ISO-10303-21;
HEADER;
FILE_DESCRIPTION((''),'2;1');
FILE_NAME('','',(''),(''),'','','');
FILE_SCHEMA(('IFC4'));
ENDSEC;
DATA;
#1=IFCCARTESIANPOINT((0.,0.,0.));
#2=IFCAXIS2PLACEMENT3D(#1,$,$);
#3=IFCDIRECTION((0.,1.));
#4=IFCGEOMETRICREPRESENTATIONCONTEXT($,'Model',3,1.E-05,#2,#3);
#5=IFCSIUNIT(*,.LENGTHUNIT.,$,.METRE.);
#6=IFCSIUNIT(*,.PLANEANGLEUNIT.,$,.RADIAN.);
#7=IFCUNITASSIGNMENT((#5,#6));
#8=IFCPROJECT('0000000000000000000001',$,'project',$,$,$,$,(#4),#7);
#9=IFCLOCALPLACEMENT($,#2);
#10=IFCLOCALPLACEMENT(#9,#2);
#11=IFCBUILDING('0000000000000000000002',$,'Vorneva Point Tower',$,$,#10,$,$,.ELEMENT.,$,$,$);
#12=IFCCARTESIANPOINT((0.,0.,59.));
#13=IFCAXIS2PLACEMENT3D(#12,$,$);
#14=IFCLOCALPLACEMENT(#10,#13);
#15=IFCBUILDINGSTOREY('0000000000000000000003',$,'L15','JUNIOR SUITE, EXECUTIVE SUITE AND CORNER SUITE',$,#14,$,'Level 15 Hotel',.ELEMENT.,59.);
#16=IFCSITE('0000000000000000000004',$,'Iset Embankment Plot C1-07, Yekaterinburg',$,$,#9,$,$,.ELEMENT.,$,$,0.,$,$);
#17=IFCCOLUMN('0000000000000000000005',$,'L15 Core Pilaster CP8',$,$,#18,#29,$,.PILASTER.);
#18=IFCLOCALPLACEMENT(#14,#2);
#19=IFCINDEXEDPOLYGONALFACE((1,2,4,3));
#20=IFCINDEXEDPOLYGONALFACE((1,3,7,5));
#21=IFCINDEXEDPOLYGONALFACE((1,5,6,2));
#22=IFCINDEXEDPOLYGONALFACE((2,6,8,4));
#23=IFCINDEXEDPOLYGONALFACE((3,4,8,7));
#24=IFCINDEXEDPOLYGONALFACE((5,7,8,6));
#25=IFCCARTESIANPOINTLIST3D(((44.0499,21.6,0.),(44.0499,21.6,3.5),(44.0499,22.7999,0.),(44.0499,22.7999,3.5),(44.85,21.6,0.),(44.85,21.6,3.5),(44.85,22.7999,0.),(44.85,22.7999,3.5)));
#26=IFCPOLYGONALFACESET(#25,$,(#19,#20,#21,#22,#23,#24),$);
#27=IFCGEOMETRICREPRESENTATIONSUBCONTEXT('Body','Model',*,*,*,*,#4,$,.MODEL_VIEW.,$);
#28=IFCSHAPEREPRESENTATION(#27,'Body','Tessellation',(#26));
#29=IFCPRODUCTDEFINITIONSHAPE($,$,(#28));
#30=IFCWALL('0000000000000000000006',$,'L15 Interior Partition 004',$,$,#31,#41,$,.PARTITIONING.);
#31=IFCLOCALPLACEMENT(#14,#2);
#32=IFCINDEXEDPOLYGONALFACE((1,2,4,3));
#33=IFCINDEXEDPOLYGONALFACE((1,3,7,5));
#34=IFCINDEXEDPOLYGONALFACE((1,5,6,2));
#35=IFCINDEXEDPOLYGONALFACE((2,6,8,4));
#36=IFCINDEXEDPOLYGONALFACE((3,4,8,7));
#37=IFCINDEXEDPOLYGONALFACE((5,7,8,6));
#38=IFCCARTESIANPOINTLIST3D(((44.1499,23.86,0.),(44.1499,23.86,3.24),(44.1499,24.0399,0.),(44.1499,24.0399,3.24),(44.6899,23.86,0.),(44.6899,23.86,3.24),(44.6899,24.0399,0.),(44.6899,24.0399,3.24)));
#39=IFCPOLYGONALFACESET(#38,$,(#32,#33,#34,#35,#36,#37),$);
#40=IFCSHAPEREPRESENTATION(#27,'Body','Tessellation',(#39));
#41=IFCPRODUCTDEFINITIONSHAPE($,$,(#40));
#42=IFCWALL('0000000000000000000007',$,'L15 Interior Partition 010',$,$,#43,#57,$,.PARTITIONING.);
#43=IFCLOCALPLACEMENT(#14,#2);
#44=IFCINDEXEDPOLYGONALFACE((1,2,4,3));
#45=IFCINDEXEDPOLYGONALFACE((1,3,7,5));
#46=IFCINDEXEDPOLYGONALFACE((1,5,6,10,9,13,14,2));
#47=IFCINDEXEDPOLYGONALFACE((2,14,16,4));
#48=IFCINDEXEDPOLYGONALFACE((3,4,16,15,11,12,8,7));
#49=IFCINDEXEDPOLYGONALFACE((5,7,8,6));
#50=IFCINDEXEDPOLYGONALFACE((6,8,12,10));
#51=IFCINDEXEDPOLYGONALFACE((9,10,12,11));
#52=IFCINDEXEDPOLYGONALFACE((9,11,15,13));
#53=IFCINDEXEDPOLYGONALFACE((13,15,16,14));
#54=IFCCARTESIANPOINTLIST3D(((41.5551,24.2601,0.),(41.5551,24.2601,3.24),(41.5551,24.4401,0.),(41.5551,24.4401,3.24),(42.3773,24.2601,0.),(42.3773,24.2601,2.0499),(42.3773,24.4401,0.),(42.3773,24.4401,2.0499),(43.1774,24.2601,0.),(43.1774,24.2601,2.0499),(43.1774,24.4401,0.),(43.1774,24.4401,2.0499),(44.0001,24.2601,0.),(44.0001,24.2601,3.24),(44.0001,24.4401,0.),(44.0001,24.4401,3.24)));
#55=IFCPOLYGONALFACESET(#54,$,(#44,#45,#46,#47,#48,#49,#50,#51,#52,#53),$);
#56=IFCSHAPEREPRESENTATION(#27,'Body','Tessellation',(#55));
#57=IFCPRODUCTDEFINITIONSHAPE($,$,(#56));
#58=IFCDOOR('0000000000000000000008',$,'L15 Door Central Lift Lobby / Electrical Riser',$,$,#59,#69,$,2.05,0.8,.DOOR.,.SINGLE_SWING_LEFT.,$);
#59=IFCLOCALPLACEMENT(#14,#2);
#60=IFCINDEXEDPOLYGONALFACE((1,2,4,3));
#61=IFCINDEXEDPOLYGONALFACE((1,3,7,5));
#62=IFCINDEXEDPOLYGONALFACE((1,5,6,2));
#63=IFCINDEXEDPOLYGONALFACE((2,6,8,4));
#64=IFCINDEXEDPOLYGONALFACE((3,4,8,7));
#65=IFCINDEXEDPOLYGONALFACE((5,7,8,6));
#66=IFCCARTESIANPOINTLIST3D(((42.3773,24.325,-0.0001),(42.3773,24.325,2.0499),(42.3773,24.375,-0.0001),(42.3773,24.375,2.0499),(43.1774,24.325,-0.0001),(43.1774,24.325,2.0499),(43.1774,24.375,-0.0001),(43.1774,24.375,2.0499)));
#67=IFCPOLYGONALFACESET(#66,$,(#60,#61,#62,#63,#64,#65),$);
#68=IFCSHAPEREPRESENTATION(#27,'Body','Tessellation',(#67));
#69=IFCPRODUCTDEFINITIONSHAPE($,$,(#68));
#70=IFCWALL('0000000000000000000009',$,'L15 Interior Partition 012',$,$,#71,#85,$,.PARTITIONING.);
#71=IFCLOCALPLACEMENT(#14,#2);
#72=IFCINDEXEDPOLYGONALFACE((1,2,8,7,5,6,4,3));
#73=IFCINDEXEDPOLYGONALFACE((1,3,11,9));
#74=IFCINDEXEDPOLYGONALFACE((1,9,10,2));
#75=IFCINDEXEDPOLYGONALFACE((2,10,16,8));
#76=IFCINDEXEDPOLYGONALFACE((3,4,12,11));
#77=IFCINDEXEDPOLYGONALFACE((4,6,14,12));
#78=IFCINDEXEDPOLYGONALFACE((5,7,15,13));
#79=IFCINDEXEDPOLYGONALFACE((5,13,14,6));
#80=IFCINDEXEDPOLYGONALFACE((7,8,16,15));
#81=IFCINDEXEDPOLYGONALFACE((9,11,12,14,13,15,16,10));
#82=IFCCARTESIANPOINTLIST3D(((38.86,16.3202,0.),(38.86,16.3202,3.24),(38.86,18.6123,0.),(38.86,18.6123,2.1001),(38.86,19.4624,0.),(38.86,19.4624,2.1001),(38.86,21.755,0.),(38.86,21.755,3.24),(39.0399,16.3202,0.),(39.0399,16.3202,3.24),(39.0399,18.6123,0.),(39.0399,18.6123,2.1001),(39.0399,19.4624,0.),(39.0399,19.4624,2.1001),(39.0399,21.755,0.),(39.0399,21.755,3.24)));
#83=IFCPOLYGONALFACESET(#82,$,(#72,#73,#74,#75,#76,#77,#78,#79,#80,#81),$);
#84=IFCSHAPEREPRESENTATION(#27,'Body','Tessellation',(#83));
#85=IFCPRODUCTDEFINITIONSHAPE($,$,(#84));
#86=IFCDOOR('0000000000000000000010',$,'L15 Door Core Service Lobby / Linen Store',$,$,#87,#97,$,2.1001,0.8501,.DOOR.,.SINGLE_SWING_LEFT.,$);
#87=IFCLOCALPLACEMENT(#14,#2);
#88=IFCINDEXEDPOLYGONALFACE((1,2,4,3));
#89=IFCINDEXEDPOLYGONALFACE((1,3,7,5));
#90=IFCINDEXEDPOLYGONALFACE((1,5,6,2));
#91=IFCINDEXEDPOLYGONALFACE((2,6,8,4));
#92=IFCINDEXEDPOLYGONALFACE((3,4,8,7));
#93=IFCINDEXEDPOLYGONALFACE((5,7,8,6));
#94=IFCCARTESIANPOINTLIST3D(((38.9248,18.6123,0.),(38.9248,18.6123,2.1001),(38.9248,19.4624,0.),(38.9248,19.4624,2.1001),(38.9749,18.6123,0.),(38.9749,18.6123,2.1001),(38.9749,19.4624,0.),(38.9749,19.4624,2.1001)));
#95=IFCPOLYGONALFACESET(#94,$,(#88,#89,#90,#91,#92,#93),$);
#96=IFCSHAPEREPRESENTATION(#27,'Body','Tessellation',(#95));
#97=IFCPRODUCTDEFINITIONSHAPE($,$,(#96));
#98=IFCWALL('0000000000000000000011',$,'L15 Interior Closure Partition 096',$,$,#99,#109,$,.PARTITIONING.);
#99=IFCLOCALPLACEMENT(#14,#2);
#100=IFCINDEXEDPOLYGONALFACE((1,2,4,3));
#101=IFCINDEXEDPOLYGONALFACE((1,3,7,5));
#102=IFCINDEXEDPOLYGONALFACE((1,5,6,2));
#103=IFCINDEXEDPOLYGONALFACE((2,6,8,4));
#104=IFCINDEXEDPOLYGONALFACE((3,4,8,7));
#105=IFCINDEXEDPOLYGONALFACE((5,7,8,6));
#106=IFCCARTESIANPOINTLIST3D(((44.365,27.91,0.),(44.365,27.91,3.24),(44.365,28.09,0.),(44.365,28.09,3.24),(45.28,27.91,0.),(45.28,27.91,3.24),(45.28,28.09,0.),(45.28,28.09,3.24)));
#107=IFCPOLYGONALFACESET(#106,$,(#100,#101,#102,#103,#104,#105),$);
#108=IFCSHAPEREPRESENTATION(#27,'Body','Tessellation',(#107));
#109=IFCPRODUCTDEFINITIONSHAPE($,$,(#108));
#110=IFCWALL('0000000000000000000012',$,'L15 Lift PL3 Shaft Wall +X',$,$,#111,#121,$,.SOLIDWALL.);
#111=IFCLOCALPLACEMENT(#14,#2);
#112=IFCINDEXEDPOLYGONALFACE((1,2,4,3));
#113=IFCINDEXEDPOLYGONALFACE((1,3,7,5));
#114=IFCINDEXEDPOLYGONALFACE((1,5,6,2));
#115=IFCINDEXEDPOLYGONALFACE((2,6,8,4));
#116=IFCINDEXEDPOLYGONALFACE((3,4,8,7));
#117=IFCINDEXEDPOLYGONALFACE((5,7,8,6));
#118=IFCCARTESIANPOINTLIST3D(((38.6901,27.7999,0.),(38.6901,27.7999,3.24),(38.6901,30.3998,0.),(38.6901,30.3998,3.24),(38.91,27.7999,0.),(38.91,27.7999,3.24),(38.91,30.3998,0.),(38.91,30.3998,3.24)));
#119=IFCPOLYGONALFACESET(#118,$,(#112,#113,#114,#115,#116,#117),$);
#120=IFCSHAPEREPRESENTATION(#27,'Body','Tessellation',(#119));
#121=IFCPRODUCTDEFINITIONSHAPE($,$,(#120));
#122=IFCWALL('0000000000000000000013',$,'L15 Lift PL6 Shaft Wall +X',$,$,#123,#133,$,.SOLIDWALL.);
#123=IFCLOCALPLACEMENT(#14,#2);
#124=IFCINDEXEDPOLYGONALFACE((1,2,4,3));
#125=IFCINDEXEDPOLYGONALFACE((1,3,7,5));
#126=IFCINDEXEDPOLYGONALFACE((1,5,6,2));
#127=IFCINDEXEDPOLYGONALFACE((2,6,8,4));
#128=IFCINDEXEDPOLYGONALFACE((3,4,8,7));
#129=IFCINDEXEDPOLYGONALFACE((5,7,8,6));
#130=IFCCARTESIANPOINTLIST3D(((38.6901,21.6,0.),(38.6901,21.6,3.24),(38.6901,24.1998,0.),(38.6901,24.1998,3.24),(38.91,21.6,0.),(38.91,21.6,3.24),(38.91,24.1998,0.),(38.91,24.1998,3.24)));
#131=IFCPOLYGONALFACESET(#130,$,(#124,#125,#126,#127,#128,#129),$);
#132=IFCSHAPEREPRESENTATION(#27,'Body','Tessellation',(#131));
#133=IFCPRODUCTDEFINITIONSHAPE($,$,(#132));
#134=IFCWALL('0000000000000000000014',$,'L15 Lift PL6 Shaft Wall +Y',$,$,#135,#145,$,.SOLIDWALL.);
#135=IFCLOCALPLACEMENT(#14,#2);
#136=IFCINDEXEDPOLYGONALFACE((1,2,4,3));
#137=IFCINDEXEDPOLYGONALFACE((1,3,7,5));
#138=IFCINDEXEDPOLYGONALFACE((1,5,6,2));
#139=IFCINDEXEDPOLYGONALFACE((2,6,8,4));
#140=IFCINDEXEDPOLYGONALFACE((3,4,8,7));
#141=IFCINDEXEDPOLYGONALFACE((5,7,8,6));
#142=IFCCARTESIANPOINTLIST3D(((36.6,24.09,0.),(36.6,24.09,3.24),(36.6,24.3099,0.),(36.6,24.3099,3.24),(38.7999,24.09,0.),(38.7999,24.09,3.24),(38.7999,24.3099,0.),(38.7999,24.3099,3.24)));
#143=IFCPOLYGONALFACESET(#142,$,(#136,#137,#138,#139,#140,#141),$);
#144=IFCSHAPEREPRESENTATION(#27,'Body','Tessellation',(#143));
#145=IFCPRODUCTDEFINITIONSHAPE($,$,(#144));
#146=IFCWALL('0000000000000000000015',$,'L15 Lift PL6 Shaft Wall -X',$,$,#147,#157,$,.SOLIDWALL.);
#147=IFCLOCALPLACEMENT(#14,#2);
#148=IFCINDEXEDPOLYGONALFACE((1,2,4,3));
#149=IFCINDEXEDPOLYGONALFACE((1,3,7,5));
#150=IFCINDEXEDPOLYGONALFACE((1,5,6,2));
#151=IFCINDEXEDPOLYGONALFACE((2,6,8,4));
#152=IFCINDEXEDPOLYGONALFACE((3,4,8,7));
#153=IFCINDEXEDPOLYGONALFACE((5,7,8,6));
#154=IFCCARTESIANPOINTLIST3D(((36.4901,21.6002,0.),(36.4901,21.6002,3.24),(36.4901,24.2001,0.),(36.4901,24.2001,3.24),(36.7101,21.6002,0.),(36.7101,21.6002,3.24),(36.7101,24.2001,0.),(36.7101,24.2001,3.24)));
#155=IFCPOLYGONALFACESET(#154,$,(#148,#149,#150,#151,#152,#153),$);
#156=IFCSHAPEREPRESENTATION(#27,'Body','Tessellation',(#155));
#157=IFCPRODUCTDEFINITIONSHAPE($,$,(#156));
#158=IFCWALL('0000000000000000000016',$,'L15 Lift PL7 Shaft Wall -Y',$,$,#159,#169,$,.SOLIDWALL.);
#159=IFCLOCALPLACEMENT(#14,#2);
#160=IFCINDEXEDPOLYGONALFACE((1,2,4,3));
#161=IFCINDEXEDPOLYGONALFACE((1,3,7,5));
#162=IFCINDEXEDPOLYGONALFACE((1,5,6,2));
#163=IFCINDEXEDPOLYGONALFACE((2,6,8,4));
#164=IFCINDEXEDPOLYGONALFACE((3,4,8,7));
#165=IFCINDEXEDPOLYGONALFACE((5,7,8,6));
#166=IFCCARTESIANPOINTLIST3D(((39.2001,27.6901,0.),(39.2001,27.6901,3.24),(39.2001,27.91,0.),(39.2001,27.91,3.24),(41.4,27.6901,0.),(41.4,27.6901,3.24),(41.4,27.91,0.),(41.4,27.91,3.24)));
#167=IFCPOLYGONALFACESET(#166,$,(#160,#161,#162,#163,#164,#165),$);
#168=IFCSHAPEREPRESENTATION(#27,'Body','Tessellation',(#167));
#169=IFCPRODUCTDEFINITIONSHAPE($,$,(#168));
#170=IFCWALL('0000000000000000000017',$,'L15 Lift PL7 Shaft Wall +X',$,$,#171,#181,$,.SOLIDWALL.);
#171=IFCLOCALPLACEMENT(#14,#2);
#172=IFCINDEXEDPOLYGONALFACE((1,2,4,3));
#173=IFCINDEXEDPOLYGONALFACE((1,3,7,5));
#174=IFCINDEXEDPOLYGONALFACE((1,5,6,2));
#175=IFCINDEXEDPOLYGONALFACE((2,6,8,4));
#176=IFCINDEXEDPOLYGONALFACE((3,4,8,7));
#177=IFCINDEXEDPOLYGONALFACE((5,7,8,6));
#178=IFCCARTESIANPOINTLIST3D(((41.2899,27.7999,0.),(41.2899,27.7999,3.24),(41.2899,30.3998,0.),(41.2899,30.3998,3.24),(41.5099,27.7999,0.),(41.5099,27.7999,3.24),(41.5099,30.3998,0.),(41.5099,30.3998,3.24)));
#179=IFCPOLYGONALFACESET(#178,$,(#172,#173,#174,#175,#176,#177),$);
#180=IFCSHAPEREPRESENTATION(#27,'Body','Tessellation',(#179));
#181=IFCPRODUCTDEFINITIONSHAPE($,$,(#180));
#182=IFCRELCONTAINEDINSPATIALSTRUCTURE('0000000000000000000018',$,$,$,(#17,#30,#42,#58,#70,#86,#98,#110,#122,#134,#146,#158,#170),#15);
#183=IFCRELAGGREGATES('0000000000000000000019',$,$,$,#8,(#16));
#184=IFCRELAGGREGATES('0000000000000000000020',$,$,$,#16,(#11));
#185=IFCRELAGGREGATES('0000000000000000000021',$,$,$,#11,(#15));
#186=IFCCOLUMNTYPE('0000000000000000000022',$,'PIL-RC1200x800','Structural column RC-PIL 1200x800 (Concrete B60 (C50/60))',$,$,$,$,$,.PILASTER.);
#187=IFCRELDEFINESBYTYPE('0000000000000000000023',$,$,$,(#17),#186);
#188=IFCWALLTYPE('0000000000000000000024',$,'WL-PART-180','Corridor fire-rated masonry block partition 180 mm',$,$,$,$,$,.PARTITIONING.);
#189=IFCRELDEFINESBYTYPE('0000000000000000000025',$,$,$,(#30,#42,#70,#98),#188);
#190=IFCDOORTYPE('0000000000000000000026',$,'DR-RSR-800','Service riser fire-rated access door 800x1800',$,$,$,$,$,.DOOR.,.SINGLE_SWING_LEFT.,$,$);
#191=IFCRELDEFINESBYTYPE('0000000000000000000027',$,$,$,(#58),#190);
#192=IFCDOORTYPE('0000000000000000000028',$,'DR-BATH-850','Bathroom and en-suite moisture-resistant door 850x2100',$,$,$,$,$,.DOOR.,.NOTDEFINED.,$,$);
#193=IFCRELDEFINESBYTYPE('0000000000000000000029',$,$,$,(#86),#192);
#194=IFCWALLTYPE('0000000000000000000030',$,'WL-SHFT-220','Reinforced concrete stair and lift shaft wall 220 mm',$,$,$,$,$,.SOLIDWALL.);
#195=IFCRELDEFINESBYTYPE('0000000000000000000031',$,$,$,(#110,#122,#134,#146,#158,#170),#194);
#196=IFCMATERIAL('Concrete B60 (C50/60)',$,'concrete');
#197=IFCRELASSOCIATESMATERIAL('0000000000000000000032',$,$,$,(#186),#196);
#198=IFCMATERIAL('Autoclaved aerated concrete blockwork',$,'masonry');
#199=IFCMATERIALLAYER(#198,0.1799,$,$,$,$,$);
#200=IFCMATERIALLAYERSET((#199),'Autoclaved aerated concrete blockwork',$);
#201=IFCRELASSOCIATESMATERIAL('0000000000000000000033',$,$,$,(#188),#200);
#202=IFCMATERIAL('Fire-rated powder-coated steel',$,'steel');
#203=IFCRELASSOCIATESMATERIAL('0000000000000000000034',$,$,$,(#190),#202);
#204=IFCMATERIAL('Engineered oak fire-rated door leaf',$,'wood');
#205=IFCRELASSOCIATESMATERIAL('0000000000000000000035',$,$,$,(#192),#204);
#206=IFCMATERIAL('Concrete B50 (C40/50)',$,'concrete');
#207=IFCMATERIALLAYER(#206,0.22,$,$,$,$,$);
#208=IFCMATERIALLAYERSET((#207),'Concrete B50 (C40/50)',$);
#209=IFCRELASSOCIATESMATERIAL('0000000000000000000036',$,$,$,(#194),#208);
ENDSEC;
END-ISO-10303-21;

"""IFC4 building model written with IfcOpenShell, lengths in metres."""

from ifc_helpers import new_model, si_unit, direction, frame, frame_2d, origin, origin_2d, place, context, subcontext, project, spatial, rectangle, extrude, material, layer, layer_set, material_profile, profile_set, type_object, element, fill, save


model = new_model("IFC4")

# Units and contexts
model_context = context("Model", 3, precision=1e-05, world=origin(), true_north=direction((0.0, 1.0)))
body_context = subcontext(model_context, "Body", "Model", "MODEL_VIEW")
ifc_project = project(units=[si_unit("LENGTHUNIT", "METRE"), si_unit("PLANEANGLEUNIT", "RADIAN")], contexts=[model_context])

# Site, building, storey
site_placement = place(None, origin())
site = spatial("IfcSite", under=ifc_project, at=site_placement, Name="Iset Embankment Plot C1-07, Yekaterinburg", CompositionType="ELEMENT", RefElevation=0.0)
building_placement = place(site_placement, origin())
building = spatial("IfcBuilding", under=site, at=building_placement, Name="Vorneva Point Tower", CompositionType="ELEMENT")
storey_placement = place(building_placement, frame((0.0, 0.0, 59.0)))
storey = spatial("IfcBuildingStorey", under=building, at=storey_placement, Name="L15", Description="JUNIOR SUITE, EXECUTIVE SUITE AND CORNER SUITE", LongName="Level 15 Hotel", CompositionType="ELEMENT", Elevation=59.0)

# Column
ifc_material_1 = material(Name="Concrete B60 (C50/60)", Category="concrete")
ifc_material_profile = material_profile(ifc_material_1, rectangle(XDim=0.8, YDim=1.2, at=origin_2d()), Name="RC-PIL 1200x800")
ifc_profile_set = profile_set([ifc_material_profile], Name="Concrete B60 (C50/60)")
column_type = type_object("IfcColumnType", Name="PIL-RC1200x800", Description="Structural column RC-PIL 1200x800 (Concrete B60 (C50/60))", PredefinedType="PILASTER", material=ifc_profile_set)
column_placement = place(storey_placement, frame((44.45, 22.2, 0.0), z_axis=(0.0, 0.0, 1.0), x_axis=(1.0, 0.0, 0.0)))
element("IfcColumn", 1, at=column_placement, inside=storey, type_object=column_type, Name="L15 Core Pilaster CP8", PredefinedType="PILASTER", context=body_context, shape_type="SweptSolid", body=[
    extrude(rectangle(XDim=0.8, YDim=1.2, at=origin_2d()), origin(), (0.0, 0.0, 1.0), 3.5),
])

# Shared definitions
ifc_material_2 = material(Name="Autoclaved aerated concrete blockwork", Category="masonry")
ifc_layer_1 = layer(ifc_material_2, 0.1799)
ifc_layer_set_1 = layer_set([ifc_layer_1], Name="Autoclaved aerated concrete blockwork")
wall_type_1 = type_object("IfcWallType", Name="WL-PART-180", Description="Corridor fire-rated masonry block partition 180 mm", PredefinedType="PARTITIONING", material=ifc_layer_set_1)
ifc_material_3 = material(Name="Fire-rated powder-coated steel", Category="steel")

# Wall
wall_1_placement = place(storey_placement, frame((44.1499, 23.95, 0.0), z_axis=(0.0, 0.0, 1.0), x_axis=(1.0, 0.0, 0.0)))
element("IfcWall", 2, at=wall_1_placement, inside=storey, type_object=wall_type_1, Name="L15 Interior Partition 004", PredefinedType="PARTITIONING", context=body_context, shape_type="SweptSolid", body=[
    extrude(rectangle(XDim=0.54, YDim=0.1799, at=frame_2d((0.27, 0.0))), origin(), (0.0, 0.0, 1.0), 3.24),
])

# Walls, openings, doors
wall_2_placement = place(storey_placement, frame((41.5549, 24.3501, 0.0), z_axis=(0.0, 0.0, 1.0), x_axis=(1.0, 0.0, 0.0)))
wall_2 = element("IfcWall", 3, at=wall_2_placement, inside=storey, type_object=wall_type_1, Name="L15 Interior Partition 010", PredefinedType="PARTITIONING", context=body_context, shape_type="SweptSolid", body=[
    extrude(rectangle(XDim=2.4451, YDim=0.1799, at=frame_2d((1.2227, 0.0))), origin(), (0.0, 0.0, 1.0), 3.24),
])
opening_1_placement = place(wall_2_placement, frame((0.8225, 0.0, 0.0)))
opening_1 = element("IfcOpeningElement", 4, at=opening_1_placement, cuts=wall_2, PredefinedType="OPENING", context=body_context, shape_type="SweptSolid", body=[
    extrude(rectangle(XDim=0.8, YDim=2.05, at=frame_2d((0.3999, 1.0249))), frame((0.0, 0.105, 0.0), z_axis=(0.0, -1.0, 0.0), x_axis=(1.0, 0.0, 0.0)), (0.0, 0.0, 1.0), 0.2097),
])
door_type_1 = type_object("IfcDoorType", Name="DR-RSR-800", Description="Service riser fire-rated access door 800x1800", OperationType="SINGLE_SWING_LEFT", PredefinedType="DOOR", material=ifc_material_3)
door_1_placement = place(opening_1_placement, origin())
door_1 = element("IfcDoor", 5, at=door_1_placement, inside=storey, type_object=door_type_1, Name="L15 Door Central Lift Lobby / Electrical Riser", OperationType="SINGLE_SWING_LEFT", OverallHeight=2.05, OverallWidth=0.8, PredefinedType="DOOR", context=body_context, shape_type="SweptSolid", body=[
    extrude(rectangle(XDim=0.8, YDim=2.05, at=frame_2d((0.3999, 1.0249))), frame((0.0, 0.0249, 0.0), z_axis=(0.0, -1.0, 0.0), x_axis=(1.0, 0.0, 0.0)), (0.0, 0.0, 1.0), 0.05),
])
fill(opening_1, door_1)
wall_3_placement = place(storey_placement, frame((38.95, 21.7549, 0.0), z_axis=(0.0, 0.0, 1.0), x_axis=(0.0, -1.0, 0.0)))
wall_3 = element("IfcWall", 6, at=wall_3_placement, inside=storey, type_object=wall_type_1, Name="L15 Interior Partition 012", PredefinedType="PARTITIONING", context=body_context, shape_type="SweptSolid", body=[
    extrude(rectangle(XDim=5.4348, YDim=0.1799, at=frame_2d((2.7173, 0.0))), origin(), (0.0, 0.0, 1.0), 3.24),
])
opening_2_placement = place(wall_3_placement, frame((2.2925, 0.0, 0.0)))
opening_2 = element("IfcOpeningElement", 7, at=opening_2_placement, cuts=wall_3, PredefinedType="OPENING", context=body_context, shape_type="SweptSolid", body=[
    extrude(rectangle(XDim=0.8501, YDim=2.1001, at=frame_2d((0.425, 1.05))), frame((0.0, 0.105, 0.0), z_axis=(0.0, -1.0, 0.0), x_axis=(1.0, 0.0, 0.0)), (0.0, 0.0, 1.0), 0.2097),
])
ifc_material_4 = material(Name="Engineered oak fire-rated door leaf", Category="wood")
door_type_2 = type_object("IfcDoorType", Name="DR-BATH-850", Description="Bathroom and en-suite moisture-resistant door 850x2100", OperationType="NOTDEFINED", PredefinedType="DOOR", material=ifc_material_4)
door_2_placement = place(opening_2_placement, origin())
door_2 = element("IfcDoor", 8, at=door_2_placement, inside=storey, type_object=door_type_2, Name="L15 Door Core Service Lobby / Linen Store", OperationType="SINGLE_SWING_LEFT", OverallHeight=2.1001, OverallWidth=0.8501, PredefinedType="DOOR", context=body_context, shape_type="SweptSolid", body=[
    extrude(rectangle(XDim=0.8501, YDim=2.1001, at=frame_2d((0.425, 1.05))), frame((0.0, 0.0249, 0.0), z_axis=(0.0, -1.0, 0.0), x_axis=(1.0, 0.0, 0.0)), (0.0, 0.0, 1.0), 0.05),
])
fill(opening_2, door_2)

# Wall
wall_4_placement = place(storey_placement, frame((45.28, 28.0, 0.0), z_axis=(0.0, 0.0, 1.0), x_axis=(-1.0, 0.0, 0.0)))
element("IfcWall", 9, at=wall_4_placement, inside=storey, type_object=wall_type_1, Name="L15 Interior Closure Partition 096", PredefinedType="PARTITIONING", context=body_context, shape_type="SweptSolid", body=[
    extrude(rectangle(XDim=0.915, YDim=0.1799, at=frame_2d((0.4575, 0.0))), origin(), (0.0, 0.0, 1.0), 3.24),
])

# Shared definitions
ifc_material_5 = material(Name="Concrete B50 (C40/50)", Category="concrete")
ifc_layer_2 = layer(ifc_material_5, 0.22)
ifc_layer_set_2 = layer_set([ifc_layer_2], Name="Concrete B50 (C40/50)")
wall_type_2 = type_object("IfcWallType", Name="WL-SHFT-220", Description="Reinforced concrete stair and lift shaft wall 220 mm", PredefinedType="SOLIDWALL", material=ifc_layer_set_2)

# Walls
for number, where, z_axis, x_axis, name in (
    (10, (38.8, 27.8, 0.0), (0.0, 0.0, 1.0), (0.0, 1.0, 0.0), "L15 Lift PL3 Shaft Wall +X"),
    (11, (38.8, 21.6001, 0.0), (0.0, 0.0, 1.0), (0.0, 1.0, 0.0), "L15 Lift PL6 Shaft Wall +X"),
):
    element("IfcWall", number, at=place(storey_placement, frame(where, z_axis=z_axis, x_axis=x_axis)), inside=storey, type_object=wall_type_2, Name=name, PredefinedType="SOLIDWALL", context=body_context, shape_type="SweptSolid", body=[
        extrude(rectangle(XDim=2.5999, YDim=0.22, at=frame_2d((1.2998, 0.0))), origin(), (0.0, 0.0, 1.0), 3.24),
    ])
wall_5_placement = place(storey_placement, frame((38.8, 24.2, 0.0), z_axis=(0.0, 0.0, 1.0), x_axis=(-1.0, 0.0, 0.0)))
element("IfcWall", 12, at=wall_5_placement, inside=storey, type_object=wall_type_2, Name="L15 Lift PL6 Shaft Wall +Y", PredefinedType="SOLIDWALL", context=body_context, shape_type="SweptSolid", body=[
    extrude(rectangle(XDim=2.2, YDim=0.22, at=frame_2d((1.1001, 0.0))), origin(), (0.0, 0.0, 1.0), 3.24),
])
wall_6_placement = place(storey_placement, frame((36.6001, 24.2, 0.0), z_axis=(0.0, 0.0, 1.0), x_axis=(0.0, -1.0, 0.0)))
element("IfcWall", 13, at=wall_6_placement, inside=storey, type_object=wall_type_2, Name="L15 Lift PL6 Shaft Wall -X", PredefinedType="SOLIDWALL", context=body_context, shape_type="SweptSolid", body=[
    extrude(rectangle(XDim=2.5999, YDim=0.22, at=frame_2d((1.2998, 0.0))), origin(), (0.0, 0.0, 1.0), 3.24),
])
wall_7_placement = place(storey_placement, frame((39.2, 27.8, 0.0), z_axis=(0.0, 0.0, 1.0), x_axis=(1.0, 0.0, 0.0)))
element("IfcWall", 14, at=wall_7_placement, inside=storey, type_object=wall_type_2, Name="L15 Lift PL7 Shaft Wall -Y", PredefinedType="SOLIDWALL", context=body_context, shape_type="SweptSolid", body=[
    extrude(rectangle(XDim=2.2, YDim=0.22, at=frame_2d((1.1001, 0.0))), origin(), (0.0, 0.0, 1.0), 3.24),
])
wall_8_placement = place(storey_placement, frame((41.3999, 27.8, 0.0), z_axis=(0.0, 0.0, 1.0), x_axis=(0.0, 1.0, 0.0)))
element("IfcWall", 15, at=wall_8_placement, inside=storey, type_object=wall_type_2, Name="L15 Lift PL7 Shaft Wall +X", PredefinedType="SOLIDWALL", context=body_context, shape_type="SweptSolid", body=[
    extrude(rectangle(XDim=2.5999, YDim=0.22, at=frame_2d((1.2998, 0.0))), origin(), (0.0, 0.0, 1.0), 3.24),
])

save(model, "model.ifc")
